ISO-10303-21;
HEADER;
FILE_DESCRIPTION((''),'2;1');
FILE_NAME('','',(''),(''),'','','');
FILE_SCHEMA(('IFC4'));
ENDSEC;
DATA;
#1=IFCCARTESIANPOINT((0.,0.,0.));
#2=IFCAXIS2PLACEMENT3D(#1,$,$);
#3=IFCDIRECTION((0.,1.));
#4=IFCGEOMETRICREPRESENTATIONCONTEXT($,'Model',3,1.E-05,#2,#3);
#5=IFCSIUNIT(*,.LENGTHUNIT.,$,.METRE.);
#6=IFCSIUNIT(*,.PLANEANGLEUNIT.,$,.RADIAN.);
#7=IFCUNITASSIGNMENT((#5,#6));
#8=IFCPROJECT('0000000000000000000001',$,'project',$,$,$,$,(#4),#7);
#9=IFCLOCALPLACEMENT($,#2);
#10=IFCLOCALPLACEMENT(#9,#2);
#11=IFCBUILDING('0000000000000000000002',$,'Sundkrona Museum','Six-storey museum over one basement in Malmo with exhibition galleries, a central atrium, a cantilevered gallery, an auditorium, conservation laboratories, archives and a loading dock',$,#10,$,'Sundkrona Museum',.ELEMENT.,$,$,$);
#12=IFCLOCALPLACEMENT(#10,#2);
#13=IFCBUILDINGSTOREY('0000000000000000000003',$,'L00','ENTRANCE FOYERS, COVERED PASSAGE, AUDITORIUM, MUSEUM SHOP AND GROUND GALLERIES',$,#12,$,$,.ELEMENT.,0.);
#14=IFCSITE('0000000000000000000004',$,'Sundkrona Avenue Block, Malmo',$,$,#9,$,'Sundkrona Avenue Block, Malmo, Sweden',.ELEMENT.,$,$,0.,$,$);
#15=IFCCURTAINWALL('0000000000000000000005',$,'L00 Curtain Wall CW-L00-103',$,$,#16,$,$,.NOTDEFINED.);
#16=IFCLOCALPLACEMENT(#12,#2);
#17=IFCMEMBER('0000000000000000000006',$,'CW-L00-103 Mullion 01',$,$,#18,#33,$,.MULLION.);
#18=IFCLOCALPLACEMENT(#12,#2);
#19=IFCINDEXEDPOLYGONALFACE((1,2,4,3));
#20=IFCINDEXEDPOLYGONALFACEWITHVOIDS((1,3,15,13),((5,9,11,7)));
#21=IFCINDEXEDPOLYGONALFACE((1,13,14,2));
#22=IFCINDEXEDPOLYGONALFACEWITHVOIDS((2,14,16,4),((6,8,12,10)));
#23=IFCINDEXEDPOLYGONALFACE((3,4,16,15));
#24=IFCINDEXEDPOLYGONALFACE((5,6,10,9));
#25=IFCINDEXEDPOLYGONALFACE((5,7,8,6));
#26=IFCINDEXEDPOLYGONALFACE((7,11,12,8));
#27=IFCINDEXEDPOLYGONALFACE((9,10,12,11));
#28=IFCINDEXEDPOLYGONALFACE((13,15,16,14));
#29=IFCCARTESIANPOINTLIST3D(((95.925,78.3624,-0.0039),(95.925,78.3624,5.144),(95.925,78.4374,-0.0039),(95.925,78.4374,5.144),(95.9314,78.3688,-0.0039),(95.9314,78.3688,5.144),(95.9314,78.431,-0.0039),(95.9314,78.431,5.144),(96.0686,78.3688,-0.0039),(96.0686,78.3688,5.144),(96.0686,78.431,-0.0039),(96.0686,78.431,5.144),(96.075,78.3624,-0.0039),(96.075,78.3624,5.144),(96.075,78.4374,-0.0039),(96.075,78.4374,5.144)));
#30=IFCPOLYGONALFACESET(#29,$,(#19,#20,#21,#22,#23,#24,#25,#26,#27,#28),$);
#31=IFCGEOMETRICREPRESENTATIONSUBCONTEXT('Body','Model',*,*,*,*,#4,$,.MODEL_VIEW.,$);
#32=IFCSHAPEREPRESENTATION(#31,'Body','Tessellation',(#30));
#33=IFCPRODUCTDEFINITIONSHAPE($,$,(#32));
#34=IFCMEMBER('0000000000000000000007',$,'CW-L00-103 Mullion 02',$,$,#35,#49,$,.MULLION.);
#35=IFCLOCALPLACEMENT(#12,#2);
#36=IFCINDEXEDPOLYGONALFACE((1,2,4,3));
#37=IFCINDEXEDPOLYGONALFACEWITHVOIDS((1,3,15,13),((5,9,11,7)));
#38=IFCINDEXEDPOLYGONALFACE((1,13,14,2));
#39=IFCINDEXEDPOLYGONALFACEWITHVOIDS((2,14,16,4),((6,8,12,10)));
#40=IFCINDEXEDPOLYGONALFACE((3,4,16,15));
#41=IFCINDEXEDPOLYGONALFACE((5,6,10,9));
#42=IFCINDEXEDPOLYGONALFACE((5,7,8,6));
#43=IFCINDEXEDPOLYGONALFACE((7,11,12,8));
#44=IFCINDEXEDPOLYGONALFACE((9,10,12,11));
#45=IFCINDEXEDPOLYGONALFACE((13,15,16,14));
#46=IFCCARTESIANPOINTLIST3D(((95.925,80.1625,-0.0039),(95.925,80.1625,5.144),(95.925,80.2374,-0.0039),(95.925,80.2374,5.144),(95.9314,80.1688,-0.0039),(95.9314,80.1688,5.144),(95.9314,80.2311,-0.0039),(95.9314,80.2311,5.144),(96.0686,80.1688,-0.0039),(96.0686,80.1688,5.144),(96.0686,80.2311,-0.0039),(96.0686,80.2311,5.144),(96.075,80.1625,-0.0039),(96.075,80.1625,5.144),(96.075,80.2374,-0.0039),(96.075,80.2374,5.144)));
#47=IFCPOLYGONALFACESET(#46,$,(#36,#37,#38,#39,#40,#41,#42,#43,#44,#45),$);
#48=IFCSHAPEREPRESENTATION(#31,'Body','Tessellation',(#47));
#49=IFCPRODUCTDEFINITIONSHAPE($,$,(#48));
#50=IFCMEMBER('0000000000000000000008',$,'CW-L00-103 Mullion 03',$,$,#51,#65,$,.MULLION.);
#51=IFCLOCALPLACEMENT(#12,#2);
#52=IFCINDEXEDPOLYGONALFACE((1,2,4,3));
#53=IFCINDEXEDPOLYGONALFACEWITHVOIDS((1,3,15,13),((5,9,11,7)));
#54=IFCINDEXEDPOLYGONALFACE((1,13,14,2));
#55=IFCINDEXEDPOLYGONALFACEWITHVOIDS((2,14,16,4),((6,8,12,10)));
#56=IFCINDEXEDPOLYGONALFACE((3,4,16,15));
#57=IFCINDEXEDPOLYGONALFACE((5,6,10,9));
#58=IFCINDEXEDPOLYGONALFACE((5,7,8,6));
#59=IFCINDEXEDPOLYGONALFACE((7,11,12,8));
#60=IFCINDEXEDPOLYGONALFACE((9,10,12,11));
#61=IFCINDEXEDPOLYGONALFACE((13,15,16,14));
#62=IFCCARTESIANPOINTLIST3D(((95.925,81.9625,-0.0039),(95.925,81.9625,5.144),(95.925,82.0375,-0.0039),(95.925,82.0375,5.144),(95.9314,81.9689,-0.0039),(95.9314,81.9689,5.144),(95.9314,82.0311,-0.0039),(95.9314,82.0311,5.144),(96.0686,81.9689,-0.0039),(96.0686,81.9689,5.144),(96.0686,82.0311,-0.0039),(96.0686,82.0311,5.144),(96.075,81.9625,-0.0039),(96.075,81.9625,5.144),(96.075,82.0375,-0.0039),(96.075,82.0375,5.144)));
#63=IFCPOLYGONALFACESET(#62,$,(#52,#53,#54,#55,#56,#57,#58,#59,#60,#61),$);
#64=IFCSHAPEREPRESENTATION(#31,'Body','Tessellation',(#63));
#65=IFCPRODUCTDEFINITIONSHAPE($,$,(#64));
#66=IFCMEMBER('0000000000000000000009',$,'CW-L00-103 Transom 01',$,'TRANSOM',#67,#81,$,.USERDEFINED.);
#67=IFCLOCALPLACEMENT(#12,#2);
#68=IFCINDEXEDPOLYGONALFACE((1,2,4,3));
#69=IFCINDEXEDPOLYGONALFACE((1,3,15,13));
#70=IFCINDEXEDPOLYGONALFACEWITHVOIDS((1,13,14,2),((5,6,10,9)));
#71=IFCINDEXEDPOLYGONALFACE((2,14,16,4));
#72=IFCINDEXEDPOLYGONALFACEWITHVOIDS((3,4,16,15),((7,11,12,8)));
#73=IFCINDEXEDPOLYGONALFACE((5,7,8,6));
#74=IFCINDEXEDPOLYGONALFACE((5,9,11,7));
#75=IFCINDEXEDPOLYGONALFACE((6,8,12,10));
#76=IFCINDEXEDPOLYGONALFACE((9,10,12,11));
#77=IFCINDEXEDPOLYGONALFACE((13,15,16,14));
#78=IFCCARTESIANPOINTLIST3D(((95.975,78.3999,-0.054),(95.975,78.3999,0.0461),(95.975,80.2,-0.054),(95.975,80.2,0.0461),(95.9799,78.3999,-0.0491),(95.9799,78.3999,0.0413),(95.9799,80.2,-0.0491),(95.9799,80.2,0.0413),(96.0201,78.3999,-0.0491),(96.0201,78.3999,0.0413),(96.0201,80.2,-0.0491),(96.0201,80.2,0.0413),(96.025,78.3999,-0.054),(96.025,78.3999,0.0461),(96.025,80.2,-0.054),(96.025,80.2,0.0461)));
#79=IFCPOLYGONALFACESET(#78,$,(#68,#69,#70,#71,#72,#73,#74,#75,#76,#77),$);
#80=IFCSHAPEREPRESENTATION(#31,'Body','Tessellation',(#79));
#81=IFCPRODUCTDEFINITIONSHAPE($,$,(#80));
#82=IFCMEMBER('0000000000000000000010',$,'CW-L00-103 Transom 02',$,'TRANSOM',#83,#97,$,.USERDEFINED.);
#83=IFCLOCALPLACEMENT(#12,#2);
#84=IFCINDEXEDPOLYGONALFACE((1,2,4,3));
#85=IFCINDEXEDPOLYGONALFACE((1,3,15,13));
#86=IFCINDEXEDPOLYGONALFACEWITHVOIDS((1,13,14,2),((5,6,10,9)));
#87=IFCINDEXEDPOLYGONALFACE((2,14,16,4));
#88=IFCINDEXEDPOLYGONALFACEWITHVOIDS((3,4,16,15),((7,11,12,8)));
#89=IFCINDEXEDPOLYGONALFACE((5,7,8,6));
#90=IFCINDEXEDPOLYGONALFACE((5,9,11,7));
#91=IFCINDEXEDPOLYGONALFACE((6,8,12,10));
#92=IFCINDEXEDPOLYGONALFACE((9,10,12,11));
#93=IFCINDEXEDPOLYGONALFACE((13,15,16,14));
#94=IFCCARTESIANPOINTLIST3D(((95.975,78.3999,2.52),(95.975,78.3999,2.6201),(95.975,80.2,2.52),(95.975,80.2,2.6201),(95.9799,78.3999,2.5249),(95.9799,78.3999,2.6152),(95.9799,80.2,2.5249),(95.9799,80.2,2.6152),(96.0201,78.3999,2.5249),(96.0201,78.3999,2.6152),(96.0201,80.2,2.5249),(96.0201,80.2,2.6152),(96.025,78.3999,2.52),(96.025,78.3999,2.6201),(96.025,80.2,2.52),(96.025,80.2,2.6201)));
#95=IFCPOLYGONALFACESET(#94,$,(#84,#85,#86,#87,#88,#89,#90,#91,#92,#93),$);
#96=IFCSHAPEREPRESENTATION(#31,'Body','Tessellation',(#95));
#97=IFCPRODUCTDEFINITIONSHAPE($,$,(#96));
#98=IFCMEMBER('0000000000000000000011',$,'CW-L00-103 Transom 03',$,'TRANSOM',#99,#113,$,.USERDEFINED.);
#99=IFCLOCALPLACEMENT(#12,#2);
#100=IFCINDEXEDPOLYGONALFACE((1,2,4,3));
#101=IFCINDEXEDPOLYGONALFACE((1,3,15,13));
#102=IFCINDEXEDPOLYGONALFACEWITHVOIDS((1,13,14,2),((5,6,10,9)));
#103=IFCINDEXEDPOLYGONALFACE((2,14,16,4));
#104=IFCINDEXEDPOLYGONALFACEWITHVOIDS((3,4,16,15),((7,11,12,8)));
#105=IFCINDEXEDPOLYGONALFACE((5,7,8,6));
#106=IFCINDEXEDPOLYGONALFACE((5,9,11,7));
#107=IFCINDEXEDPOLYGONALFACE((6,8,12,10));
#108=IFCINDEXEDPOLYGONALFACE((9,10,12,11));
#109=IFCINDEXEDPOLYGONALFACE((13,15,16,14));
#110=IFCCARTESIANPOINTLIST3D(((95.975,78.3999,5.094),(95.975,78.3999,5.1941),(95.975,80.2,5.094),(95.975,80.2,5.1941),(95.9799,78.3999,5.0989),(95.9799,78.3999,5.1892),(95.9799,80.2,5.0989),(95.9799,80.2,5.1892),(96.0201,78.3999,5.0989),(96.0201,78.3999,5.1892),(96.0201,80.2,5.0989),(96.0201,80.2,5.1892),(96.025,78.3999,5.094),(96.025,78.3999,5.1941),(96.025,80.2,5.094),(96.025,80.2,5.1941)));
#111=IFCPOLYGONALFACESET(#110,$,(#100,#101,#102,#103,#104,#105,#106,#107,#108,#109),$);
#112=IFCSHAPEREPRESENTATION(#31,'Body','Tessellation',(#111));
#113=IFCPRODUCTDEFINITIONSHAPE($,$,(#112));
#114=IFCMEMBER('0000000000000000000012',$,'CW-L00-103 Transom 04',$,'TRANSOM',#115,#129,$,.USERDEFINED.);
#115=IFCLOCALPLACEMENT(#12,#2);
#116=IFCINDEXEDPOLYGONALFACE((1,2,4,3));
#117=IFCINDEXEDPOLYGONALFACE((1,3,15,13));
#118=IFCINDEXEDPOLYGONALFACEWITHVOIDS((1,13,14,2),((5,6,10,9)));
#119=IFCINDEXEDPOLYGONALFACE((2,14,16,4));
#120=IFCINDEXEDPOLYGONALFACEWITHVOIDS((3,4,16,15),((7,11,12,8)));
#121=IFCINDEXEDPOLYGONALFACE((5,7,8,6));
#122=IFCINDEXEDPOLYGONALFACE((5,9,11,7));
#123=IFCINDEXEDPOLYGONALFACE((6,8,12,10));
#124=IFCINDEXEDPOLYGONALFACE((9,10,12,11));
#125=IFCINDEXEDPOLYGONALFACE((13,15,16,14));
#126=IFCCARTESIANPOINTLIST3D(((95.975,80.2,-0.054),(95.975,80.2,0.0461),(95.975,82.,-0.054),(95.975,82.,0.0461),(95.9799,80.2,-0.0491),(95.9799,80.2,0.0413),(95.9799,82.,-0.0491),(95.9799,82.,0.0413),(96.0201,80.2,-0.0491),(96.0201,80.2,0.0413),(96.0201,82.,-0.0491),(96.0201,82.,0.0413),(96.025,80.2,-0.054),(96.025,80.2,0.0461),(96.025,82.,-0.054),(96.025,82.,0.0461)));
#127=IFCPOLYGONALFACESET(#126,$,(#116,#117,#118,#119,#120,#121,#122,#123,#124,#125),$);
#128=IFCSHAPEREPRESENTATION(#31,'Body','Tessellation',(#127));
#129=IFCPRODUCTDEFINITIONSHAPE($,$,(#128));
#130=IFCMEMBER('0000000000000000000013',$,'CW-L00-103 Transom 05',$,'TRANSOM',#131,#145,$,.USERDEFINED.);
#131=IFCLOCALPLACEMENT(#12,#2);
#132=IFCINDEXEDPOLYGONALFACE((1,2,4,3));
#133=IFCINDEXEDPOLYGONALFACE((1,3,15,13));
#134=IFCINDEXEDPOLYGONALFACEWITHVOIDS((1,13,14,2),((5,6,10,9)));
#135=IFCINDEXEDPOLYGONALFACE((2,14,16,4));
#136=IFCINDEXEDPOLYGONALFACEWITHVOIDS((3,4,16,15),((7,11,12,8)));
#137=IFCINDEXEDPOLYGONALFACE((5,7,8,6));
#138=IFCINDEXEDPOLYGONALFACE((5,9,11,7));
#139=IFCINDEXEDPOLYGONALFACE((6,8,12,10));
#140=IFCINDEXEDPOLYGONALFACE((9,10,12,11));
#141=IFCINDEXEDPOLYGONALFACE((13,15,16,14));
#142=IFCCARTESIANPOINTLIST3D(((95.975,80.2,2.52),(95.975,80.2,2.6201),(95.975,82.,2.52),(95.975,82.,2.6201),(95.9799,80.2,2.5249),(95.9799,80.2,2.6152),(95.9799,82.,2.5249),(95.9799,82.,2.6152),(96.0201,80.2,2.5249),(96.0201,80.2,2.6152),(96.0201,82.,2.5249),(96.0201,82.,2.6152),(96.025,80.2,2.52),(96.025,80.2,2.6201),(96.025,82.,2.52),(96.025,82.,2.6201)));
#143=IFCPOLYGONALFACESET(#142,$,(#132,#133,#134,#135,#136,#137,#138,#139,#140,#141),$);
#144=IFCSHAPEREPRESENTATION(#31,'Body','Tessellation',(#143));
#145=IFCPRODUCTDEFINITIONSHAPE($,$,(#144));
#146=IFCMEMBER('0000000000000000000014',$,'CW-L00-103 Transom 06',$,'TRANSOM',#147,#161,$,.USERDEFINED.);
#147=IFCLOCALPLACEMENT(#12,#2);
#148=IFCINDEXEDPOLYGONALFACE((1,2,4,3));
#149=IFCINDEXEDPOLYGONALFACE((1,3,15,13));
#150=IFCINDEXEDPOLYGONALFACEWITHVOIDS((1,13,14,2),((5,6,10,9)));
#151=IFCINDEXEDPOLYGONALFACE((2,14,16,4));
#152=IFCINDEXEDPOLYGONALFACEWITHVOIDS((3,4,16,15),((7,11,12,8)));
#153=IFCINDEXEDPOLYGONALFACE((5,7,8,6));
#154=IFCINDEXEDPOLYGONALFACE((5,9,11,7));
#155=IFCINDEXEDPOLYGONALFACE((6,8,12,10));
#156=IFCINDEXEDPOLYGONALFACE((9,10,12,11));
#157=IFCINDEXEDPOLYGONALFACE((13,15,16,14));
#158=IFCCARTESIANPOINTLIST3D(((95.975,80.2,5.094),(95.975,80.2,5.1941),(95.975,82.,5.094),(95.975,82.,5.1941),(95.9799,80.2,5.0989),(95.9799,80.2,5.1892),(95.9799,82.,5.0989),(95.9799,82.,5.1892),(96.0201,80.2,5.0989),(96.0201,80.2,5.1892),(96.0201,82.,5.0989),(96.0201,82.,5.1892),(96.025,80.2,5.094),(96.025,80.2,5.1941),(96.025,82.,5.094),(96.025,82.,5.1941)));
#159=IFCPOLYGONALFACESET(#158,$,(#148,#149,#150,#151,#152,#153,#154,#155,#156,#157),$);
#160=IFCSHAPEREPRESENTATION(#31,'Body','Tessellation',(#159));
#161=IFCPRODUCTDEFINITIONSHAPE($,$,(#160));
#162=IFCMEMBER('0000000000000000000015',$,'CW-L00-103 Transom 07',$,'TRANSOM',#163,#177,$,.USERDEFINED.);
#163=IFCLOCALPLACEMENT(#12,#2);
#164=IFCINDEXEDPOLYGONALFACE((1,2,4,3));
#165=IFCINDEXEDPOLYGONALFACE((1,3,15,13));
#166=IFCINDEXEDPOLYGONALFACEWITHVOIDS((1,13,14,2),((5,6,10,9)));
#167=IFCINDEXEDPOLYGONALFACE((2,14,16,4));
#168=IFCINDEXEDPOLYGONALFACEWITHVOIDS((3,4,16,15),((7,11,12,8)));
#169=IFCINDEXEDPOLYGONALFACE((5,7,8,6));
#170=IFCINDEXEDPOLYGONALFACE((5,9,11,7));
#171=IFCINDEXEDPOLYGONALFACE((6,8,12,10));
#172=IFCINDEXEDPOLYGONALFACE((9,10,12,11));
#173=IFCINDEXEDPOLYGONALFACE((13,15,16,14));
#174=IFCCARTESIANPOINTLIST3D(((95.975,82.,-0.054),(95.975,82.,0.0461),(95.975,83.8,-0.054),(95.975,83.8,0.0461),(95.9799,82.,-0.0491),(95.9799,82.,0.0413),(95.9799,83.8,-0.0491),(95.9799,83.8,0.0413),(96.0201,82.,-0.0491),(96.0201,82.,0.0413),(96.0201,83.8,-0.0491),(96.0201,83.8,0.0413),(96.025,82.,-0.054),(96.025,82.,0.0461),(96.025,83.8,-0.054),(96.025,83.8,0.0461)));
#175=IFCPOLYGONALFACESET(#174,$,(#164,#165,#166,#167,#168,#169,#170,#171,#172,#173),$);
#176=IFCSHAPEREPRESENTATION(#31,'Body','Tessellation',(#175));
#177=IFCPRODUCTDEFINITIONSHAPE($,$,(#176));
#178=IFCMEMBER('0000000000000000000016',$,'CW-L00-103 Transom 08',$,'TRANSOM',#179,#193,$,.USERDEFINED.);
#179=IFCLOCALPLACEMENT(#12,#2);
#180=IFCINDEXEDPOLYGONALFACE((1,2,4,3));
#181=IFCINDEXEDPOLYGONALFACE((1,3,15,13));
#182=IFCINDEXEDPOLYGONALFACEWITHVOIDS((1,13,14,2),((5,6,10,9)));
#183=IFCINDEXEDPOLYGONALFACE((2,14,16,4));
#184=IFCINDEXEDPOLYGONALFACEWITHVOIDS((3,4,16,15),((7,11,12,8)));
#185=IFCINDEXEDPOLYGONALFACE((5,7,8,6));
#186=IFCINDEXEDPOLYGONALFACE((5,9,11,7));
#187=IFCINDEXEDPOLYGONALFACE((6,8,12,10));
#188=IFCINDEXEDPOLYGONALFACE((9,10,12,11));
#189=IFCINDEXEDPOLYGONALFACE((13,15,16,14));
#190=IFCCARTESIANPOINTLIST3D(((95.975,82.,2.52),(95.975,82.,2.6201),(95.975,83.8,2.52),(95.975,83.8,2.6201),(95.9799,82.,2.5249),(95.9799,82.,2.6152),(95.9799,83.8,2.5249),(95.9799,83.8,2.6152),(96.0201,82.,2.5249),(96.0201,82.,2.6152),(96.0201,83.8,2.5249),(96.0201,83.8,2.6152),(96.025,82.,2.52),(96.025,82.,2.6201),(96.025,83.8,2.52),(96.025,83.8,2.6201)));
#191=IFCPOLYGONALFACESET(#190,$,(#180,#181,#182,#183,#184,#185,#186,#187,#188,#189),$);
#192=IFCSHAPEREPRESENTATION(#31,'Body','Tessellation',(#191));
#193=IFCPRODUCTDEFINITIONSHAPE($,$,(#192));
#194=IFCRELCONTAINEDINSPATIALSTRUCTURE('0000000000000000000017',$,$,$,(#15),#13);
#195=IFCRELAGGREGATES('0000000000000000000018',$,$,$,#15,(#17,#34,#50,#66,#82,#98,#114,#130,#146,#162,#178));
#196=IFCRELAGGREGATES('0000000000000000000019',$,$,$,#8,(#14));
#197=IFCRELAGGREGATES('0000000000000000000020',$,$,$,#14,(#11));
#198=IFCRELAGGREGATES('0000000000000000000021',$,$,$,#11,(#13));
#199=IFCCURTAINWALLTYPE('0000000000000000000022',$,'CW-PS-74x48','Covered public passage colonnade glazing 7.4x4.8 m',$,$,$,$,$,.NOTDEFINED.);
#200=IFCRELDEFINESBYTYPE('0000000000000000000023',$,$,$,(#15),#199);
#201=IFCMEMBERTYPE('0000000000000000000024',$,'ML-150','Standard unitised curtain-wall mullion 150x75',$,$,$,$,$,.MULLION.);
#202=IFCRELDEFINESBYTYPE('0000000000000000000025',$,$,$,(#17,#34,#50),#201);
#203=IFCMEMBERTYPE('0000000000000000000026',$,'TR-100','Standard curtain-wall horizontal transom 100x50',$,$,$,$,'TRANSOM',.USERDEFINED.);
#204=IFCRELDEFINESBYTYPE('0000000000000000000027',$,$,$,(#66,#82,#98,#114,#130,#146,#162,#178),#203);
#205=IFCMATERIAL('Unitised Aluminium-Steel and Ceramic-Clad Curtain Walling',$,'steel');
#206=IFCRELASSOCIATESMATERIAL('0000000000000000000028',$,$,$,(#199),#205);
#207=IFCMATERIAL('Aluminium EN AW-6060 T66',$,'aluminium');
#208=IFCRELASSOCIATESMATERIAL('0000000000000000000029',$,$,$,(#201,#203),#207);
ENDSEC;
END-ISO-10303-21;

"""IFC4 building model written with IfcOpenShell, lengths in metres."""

from ifc_helpers import new_model, si_unit, direction, frame, origin, origin_2d, place, context, subcontext, project, spatial, hollow_rectangle, extrude, material, material_profile, profile_set, type_object, element, aggregate, save


model = new_model("IFC4")

# Units and contexts
model_context = context("Model", 3, precision=1e-05, world=origin(), true_north=direction((0.0, 1.0)))
body_context = subcontext(model_context, "Body", "Model", "MODEL_VIEW")
ifc_project = project(units=[si_unit("LENGTHUNIT", "METRE"), si_unit("PLANEANGLEUNIT", "RADIAN")], contexts=[model_context])

# Site, building, storey
site_placement = place(None, origin())
site = spatial("IfcSite", under=ifc_project, at=site_placement, Name="Sundkrona Avenue Block, Malmo", LongName="Sundkrona Avenue Block, Malmo, Sweden", CompositionType="ELEMENT", RefElevation=0.0)
building_placement = place(site_placement, origin())
building = spatial("IfcBuilding", under=site, at=building_placement, Name="Sundkrona Museum", Description="Six-storey museum over one basement in Malmo with exhibition galleries, a central atrium, a cantilevered gallery, an auditorium, conservation laboratories, archives and a loading dock", LongName="Sundkrona Museum", CompositionType="ELEMENT")
storey_placement = place(building_placement, origin())
storey = spatial("IfcBuildingStorey", under=building, at=storey_placement, Name="L00", Description="ENTRANCE FOYERS, COVERED PASSAGE, AUDITORIUM, MUSEUM SHOP AND GROUND GALLERIES", CompositionType="ELEMENT", Elevation=0.0)

# Curtain wall, members
ifc_material_1 = material(Name="Unitised Aluminium-Steel and Ceramic-Clad Curtain Walling", Category="steel")
curtain_wall_type = type_object("IfcCurtainWallType", Name="CW-PS-74x48", Description="Covered public passage colonnade glazing 7.4x4.8 m", PredefinedType="NOTDEFINED", material=ifc_material_1)
curtain_wall_placement = place(storey_placement, origin())
curtain_wall = element("IfcCurtainWall", 1, at=curtain_wall_placement, inside=storey, type_object=curtain_wall_type, Name="L00 Curtain Wall CW-L00-103", PredefinedType="NOTDEFINED")
ifc_material_2 = material(Name="Aluminium EN AW-6060 T66", Category="aluminium")
ifc_material_profile_1 = material_profile(ifc_material_2, hollow_rectangle(XDim=0.075, YDim=0.1499, WallThickness=0.0063, at=origin_2d()), Name="RHS 150x75x6.3")
ifc_profile_set_1 = profile_set([ifc_material_profile_1], Name="Aluminium EN AW-6060 T66")
member_type_1 = type_object("IfcMemberType", Name="ML-150", Description="Standard unitised curtain-wall mullion 150x75", PredefinedType="MULLION", material=ifc_profile_set_1)
member_1_placement = place(storey_placement, frame((96.0, 78.3999, -0.0039), z_axis=(0.0, 0.0, 1.0), x_axis=(0.0, 1.0, 0.0)))
member_1 = element("IfcMember", 2, at=member_1_placement, type_object=member_type_1, Name="CW-L00-103 Mullion 01", PredefinedType="MULLION", context=body_context, shape_type="SweptSolid", body=[
    extrude(hollow_rectangle(XDim=0.075, YDim=0.1499, WallThickness=0.0063, at=origin_2d()), origin(), (0.0, 0.0, 1.0), 5.1479),
])
member_2_placement = place(storey_placement, frame((96.0, 80.2, -0.0039), z_axis=(0.0, 0.0, 1.0), x_axis=(0.0, 1.0, 0.0)))
member_2 = element("IfcMember", 3, at=member_2_placement, type_object=member_type_1, Name="CW-L00-103 Mullion 02", PredefinedType="MULLION", context=body_context, shape_type="SweptSolid", body=[
    extrude(hollow_rectangle(XDim=0.075, YDim=0.1499, WallThickness=0.0063, at=origin_2d()), origin(), (0.0, 0.0, 1.0), 5.1479),
])
member_3_placement = place(storey_placement, frame((96.0, 82.0, -0.0039), z_axis=(0.0, 0.0, 1.0), x_axis=(0.0, 1.0, 0.0)))
member_3 = element("IfcMember", 4, at=member_3_placement, type_object=member_type_1, Name="CW-L00-103 Mullion 03", PredefinedType="MULLION", context=body_context, shape_type="SweptSolid", body=[
    extrude(hollow_rectangle(XDim=0.075, YDim=0.1499, WallThickness=0.0063, at=origin_2d()), origin(), (0.0, 0.0, 1.0), 5.1479),
])
ifc_material_profile_2 = material_profile(ifc_material_2, hollow_rectangle(XDim=0.05, YDim=0.1001, WallThickness=0.0049, at=origin_2d()), Name="RHS 100x50x5.0")
ifc_profile_set_2 = profile_set([ifc_material_profile_2], Name="Aluminium EN AW-6060 T66")
member_type_2 = type_object("IfcMemberType", Name="TR-100", Description="Standard curtain-wall horizontal transom 100x50", ElementType="TRANSOM", PredefinedType="USERDEFINED", material=ifc_profile_set_2)
member_4_placement = place(storey_placement, frame((96.0, 78.3999, -0.0039), z_axis=(0.0, 1.0, 0.0), x_axis=(-1.0, 0.0, 0.0)))
member_4 = element("IfcMember", 5, at=member_4_placement, type_object=member_type_2, Name="CW-L00-103 Transom 01", ObjectType="TRANSOM", PredefinedType="USERDEFINED", context=body_context, shape_type="SweptSolid", body=[
    extrude(hollow_rectangle(XDim=0.05, YDim=0.1001, WallThickness=0.0049, at=origin_2d()), origin(), (0.0, 0.0, 1.0), 1.8),
])
member_5_placement = place(storey_placement, frame((96.0, 78.3999, 2.5701), z_axis=(0.0, 1.0, 0.0), x_axis=(-1.0, 0.0, 0.0)))
member_5 = element("IfcMember", 6, at=member_5_placement, type_object=member_type_2, Name="CW-L00-103 Transom 02", ObjectType="TRANSOM", PredefinedType="USERDEFINED", context=body_context, shape_type="SweptSolid", body=[
    extrude(hollow_rectangle(XDim=0.05, YDim=0.1001, WallThickness=0.0049, at=origin_2d()), origin(), (0.0, 0.0, 1.0), 1.8),
])
member_6_placement = place(storey_placement, frame((96.0, 78.3999, 5.144), z_axis=(0.0, 1.0, 0.0), x_axis=(-1.0, 0.0, 0.0)))
member_6 = element("IfcMember", 7, at=member_6_placement, type_object=member_type_2, Name="CW-L00-103 Transom 03", ObjectType="TRANSOM", PredefinedType="USERDEFINED", context=body_context, shape_type="SweptSolid", body=[
    extrude(hollow_rectangle(XDim=0.05, YDim=0.1001, WallThickness=0.0049, at=origin_2d()), origin(), (0.0, 0.0, 1.0), 1.8),
])
member_7_placement = place(storey_placement, frame((96.0, 80.2, -0.0039), z_axis=(0.0, 1.0, 0.0), x_axis=(-1.0, 0.0, 0.0)))
member_7 = element("IfcMember", 8, at=member_7_placement, type_object=member_type_2, Name="CW-L00-103 Transom 04", ObjectType="TRANSOM", PredefinedType="USERDEFINED", context=body_context, shape_type="SweptSolid", body=[
    extrude(hollow_rectangle(XDim=0.05, YDim=0.1001, WallThickness=0.0049, at=origin_2d()), origin(), (0.0, 0.0, 1.0), 1.8),
])
member_8_placement = place(storey_placement, frame((96.0, 80.2, 2.5701), z_axis=(0.0, 1.0, 0.0), x_axis=(-1.0, 0.0, 0.0)))
member_8 = element("IfcMember", 9, at=member_8_placement, type_object=member_type_2, Name="CW-L00-103 Transom 05", ObjectType="TRANSOM", PredefinedType="USERDEFINED", context=body_context, shape_type="SweptSolid", body=[
    extrude(hollow_rectangle(XDim=0.05, YDim=0.1001, WallThickness=0.0049, at=origin_2d()), origin(), (0.0, 0.0, 1.0), 1.8),
])
member_9_placement = place(storey_placement, frame((96.0, 80.2, 5.144), z_axis=(0.0, 1.0, 0.0), x_axis=(-1.0, 0.0, 0.0)))
member_9 = element("IfcMember", 10, at=member_9_placement, type_object=member_type_2, Name="CW-L00-103 Transom 06", ObjectType="TRANSOM", PredefinedType="USERDEFINED", context=body_context, shape_type="SweptSolid", body=[
    extrude(hollow_rectangle(XDim=0.05, YDim=0.1001, WallThickness=0.0049, at=origin_2d()), origin(), (0.0, 0.0, 1.0), 1.8),
])
member_10_placement = place(storey_placement, frame((96.0, 82.0, -0.0039), z_axis=(0.0, 1.0, 0.0), x_axis=(-1.0, 0.0, 0.0)))
member_10 = element("IfcMember", 11, at=member_10_placement, type_object=member_type_2, Name="CW-L00-103 Transom 07", ObjectType="TRANSOM", PredefinedType="USERDEFINED", context=body_context, shape_type="SweptSolid", body=[
    extrude(hollow_rectangle(XDim=0.05, YDim=0.1001, WallThickness=0.0049, at=origin_2d()), origin(), (0.0, 0.0, 1.0), 1.8),
])
member_11_placement = place(storey_placement, frame((96.0, 82.0, 2.5701), z_axis=(0.0, 1.0, 0.0), x_axis=(-1.0, 0.0, 0.0)))
member_11 = element("IfcMember", 12, at=member_11_placement, type_object=member_type_2, Name="CW-L00-103 Transom 08", ObjectType="TRANSOM", PredefinedType="USERDEFINED", context=body_context, shape_type="SweptSolid", body=[
    extrude(hollow_rectangle(XDim=0.05, YDim=0.1001, WallThickness=0.0049, at=origin_2d()), origin(), (0.0, 0.0, 1.0), 1.8),
])
aggregate(curtain_wall, [member_1, member_2, member_3, member_4, member_5, member_6, member_7, member_8, member_9, member_10, member_11])

save(model, "model.ifc")
